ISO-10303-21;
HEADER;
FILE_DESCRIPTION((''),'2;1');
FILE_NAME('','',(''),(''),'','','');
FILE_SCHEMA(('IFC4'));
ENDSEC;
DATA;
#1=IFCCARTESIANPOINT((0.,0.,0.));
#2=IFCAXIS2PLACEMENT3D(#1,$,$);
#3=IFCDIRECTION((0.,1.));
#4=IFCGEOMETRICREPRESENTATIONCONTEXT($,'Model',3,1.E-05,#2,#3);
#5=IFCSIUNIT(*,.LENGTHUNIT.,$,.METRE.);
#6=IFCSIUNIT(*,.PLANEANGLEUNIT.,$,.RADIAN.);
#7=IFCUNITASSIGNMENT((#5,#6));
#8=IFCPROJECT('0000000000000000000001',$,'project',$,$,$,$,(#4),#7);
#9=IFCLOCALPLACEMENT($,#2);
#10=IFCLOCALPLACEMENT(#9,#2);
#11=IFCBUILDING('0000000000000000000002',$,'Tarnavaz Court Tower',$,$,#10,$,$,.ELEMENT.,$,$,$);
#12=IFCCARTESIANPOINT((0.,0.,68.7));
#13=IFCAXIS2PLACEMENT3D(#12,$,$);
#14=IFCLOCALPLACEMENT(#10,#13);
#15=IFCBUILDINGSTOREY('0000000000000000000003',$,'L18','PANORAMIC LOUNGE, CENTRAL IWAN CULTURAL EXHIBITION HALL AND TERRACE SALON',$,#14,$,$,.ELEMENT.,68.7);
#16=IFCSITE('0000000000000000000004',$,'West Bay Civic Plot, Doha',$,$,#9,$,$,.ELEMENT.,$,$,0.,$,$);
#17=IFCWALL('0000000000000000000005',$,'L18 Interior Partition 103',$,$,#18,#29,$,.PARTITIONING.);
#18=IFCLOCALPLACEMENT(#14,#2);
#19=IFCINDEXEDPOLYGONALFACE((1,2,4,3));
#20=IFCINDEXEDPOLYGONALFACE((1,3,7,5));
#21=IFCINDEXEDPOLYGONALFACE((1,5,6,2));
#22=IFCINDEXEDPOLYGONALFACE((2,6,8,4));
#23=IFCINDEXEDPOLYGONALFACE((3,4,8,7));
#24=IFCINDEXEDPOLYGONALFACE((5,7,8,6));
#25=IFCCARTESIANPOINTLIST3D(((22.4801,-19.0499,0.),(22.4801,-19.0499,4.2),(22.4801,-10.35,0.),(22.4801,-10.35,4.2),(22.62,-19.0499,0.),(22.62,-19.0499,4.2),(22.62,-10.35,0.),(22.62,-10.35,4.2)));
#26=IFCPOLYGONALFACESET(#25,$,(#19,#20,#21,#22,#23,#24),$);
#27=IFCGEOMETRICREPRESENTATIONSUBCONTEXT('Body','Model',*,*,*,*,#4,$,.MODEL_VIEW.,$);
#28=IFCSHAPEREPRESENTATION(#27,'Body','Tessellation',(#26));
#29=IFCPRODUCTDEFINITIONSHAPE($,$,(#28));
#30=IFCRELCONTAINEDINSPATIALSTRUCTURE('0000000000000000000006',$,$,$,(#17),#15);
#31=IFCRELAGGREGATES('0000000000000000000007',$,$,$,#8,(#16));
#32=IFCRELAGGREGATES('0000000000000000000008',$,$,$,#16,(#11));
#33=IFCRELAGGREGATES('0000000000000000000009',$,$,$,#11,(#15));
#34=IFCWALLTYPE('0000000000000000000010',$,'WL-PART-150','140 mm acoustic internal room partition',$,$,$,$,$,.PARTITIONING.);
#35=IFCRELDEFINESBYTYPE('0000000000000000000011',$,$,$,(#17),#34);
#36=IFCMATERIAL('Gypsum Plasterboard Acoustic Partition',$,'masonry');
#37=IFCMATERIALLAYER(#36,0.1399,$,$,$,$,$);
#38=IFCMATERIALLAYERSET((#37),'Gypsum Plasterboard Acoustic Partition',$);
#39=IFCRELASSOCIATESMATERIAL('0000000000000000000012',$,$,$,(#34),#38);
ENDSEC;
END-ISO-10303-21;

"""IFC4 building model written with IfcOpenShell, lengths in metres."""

from ifc_helpers import new_model, si_unit, direction, frame, frame_2d, origin, place, context, subcontext, project, spatial, rectangle, extrude, material, layer, layer_set, type_object, element, save


model = new_model("IFC4")

# Units and contexts
model_context = context("Model", 3, precision=1e-05, world=origin(), true_north=direction((0.0, 1.0)))
body_context = subcontext(model_context, "Body", "Model", "MODEL_VIEW")
ifc_project = project(units=[si_unit("LENGTHUNIT", "METRE"), si_unit("PLANEANGLEUNIT", "RADIAN")], contexts=[model_context])

# Site, building, storey
site_placement = place(None, origin())
site = spatial("IfcSite", under=ifc_project, at=site_placement, Name="West Bay Civic Plot, Doha", CompositionType="ELEMENT", RefElevation=0.0)
building_placement = place(site_placement, origin())
building = spatial("IfcBuilding", under=site, at=building_placement, Name="Tarnavaz Court Tower", CompositionType="ELEMENT")
storey_placement = place(building_placement, frame((0.0, 0.0, 68.7)))
storey = spatial("IfcBuildingStorey", under=building, at=storey_placement, Name="L18", Description="PANORAMIC LOUNGE, CENTRAL IWAN CULTURAL EXHIBITION HALL AND TERRACE SALON", CompositionType="ELEMENT", Elevation=68.7)

# Wall
ifc_material_1 = material(Name="Gypsum Plasterboard Acoustic Partition", Category="masonry")
ifc_layer_1 = layer(ifc_material_1, 0.1399)
ifc_layer_set_1 = layer_set([ifc_layer_1], Name="Gypsum Plasterboard Acoustic Partition")
wall_type_1 = type_object("IfcWallType", Name="WL-PART-150", Description="140 mm acoustic internal room partition", PredefinedType="PARTITIONING", material=ifc_layer_set_1)
wall_1_placement = place(storey_placement, frame((22.55, -19.05, 0.0), z_axis=(0.0, 0.0, 1.0), x_axis=(0.0, 1.0, 0.0)))
element("IfcWall", 1, at=wall_1_placement, inside=storey, type_object=wall_type_1, Name="L18 Interior Partition 103", PredefinedType="PARTITIONING", context=body_context, shape_type="SweptSolid", body=[
    extrude(rectangle(XDim=8.7, YDim=0.1399, at=frame_2d((4.3501, 0.0))), origin(), (0.0, 0.0, 1.0), 4.2),
])

save(model, "model.ifc")
